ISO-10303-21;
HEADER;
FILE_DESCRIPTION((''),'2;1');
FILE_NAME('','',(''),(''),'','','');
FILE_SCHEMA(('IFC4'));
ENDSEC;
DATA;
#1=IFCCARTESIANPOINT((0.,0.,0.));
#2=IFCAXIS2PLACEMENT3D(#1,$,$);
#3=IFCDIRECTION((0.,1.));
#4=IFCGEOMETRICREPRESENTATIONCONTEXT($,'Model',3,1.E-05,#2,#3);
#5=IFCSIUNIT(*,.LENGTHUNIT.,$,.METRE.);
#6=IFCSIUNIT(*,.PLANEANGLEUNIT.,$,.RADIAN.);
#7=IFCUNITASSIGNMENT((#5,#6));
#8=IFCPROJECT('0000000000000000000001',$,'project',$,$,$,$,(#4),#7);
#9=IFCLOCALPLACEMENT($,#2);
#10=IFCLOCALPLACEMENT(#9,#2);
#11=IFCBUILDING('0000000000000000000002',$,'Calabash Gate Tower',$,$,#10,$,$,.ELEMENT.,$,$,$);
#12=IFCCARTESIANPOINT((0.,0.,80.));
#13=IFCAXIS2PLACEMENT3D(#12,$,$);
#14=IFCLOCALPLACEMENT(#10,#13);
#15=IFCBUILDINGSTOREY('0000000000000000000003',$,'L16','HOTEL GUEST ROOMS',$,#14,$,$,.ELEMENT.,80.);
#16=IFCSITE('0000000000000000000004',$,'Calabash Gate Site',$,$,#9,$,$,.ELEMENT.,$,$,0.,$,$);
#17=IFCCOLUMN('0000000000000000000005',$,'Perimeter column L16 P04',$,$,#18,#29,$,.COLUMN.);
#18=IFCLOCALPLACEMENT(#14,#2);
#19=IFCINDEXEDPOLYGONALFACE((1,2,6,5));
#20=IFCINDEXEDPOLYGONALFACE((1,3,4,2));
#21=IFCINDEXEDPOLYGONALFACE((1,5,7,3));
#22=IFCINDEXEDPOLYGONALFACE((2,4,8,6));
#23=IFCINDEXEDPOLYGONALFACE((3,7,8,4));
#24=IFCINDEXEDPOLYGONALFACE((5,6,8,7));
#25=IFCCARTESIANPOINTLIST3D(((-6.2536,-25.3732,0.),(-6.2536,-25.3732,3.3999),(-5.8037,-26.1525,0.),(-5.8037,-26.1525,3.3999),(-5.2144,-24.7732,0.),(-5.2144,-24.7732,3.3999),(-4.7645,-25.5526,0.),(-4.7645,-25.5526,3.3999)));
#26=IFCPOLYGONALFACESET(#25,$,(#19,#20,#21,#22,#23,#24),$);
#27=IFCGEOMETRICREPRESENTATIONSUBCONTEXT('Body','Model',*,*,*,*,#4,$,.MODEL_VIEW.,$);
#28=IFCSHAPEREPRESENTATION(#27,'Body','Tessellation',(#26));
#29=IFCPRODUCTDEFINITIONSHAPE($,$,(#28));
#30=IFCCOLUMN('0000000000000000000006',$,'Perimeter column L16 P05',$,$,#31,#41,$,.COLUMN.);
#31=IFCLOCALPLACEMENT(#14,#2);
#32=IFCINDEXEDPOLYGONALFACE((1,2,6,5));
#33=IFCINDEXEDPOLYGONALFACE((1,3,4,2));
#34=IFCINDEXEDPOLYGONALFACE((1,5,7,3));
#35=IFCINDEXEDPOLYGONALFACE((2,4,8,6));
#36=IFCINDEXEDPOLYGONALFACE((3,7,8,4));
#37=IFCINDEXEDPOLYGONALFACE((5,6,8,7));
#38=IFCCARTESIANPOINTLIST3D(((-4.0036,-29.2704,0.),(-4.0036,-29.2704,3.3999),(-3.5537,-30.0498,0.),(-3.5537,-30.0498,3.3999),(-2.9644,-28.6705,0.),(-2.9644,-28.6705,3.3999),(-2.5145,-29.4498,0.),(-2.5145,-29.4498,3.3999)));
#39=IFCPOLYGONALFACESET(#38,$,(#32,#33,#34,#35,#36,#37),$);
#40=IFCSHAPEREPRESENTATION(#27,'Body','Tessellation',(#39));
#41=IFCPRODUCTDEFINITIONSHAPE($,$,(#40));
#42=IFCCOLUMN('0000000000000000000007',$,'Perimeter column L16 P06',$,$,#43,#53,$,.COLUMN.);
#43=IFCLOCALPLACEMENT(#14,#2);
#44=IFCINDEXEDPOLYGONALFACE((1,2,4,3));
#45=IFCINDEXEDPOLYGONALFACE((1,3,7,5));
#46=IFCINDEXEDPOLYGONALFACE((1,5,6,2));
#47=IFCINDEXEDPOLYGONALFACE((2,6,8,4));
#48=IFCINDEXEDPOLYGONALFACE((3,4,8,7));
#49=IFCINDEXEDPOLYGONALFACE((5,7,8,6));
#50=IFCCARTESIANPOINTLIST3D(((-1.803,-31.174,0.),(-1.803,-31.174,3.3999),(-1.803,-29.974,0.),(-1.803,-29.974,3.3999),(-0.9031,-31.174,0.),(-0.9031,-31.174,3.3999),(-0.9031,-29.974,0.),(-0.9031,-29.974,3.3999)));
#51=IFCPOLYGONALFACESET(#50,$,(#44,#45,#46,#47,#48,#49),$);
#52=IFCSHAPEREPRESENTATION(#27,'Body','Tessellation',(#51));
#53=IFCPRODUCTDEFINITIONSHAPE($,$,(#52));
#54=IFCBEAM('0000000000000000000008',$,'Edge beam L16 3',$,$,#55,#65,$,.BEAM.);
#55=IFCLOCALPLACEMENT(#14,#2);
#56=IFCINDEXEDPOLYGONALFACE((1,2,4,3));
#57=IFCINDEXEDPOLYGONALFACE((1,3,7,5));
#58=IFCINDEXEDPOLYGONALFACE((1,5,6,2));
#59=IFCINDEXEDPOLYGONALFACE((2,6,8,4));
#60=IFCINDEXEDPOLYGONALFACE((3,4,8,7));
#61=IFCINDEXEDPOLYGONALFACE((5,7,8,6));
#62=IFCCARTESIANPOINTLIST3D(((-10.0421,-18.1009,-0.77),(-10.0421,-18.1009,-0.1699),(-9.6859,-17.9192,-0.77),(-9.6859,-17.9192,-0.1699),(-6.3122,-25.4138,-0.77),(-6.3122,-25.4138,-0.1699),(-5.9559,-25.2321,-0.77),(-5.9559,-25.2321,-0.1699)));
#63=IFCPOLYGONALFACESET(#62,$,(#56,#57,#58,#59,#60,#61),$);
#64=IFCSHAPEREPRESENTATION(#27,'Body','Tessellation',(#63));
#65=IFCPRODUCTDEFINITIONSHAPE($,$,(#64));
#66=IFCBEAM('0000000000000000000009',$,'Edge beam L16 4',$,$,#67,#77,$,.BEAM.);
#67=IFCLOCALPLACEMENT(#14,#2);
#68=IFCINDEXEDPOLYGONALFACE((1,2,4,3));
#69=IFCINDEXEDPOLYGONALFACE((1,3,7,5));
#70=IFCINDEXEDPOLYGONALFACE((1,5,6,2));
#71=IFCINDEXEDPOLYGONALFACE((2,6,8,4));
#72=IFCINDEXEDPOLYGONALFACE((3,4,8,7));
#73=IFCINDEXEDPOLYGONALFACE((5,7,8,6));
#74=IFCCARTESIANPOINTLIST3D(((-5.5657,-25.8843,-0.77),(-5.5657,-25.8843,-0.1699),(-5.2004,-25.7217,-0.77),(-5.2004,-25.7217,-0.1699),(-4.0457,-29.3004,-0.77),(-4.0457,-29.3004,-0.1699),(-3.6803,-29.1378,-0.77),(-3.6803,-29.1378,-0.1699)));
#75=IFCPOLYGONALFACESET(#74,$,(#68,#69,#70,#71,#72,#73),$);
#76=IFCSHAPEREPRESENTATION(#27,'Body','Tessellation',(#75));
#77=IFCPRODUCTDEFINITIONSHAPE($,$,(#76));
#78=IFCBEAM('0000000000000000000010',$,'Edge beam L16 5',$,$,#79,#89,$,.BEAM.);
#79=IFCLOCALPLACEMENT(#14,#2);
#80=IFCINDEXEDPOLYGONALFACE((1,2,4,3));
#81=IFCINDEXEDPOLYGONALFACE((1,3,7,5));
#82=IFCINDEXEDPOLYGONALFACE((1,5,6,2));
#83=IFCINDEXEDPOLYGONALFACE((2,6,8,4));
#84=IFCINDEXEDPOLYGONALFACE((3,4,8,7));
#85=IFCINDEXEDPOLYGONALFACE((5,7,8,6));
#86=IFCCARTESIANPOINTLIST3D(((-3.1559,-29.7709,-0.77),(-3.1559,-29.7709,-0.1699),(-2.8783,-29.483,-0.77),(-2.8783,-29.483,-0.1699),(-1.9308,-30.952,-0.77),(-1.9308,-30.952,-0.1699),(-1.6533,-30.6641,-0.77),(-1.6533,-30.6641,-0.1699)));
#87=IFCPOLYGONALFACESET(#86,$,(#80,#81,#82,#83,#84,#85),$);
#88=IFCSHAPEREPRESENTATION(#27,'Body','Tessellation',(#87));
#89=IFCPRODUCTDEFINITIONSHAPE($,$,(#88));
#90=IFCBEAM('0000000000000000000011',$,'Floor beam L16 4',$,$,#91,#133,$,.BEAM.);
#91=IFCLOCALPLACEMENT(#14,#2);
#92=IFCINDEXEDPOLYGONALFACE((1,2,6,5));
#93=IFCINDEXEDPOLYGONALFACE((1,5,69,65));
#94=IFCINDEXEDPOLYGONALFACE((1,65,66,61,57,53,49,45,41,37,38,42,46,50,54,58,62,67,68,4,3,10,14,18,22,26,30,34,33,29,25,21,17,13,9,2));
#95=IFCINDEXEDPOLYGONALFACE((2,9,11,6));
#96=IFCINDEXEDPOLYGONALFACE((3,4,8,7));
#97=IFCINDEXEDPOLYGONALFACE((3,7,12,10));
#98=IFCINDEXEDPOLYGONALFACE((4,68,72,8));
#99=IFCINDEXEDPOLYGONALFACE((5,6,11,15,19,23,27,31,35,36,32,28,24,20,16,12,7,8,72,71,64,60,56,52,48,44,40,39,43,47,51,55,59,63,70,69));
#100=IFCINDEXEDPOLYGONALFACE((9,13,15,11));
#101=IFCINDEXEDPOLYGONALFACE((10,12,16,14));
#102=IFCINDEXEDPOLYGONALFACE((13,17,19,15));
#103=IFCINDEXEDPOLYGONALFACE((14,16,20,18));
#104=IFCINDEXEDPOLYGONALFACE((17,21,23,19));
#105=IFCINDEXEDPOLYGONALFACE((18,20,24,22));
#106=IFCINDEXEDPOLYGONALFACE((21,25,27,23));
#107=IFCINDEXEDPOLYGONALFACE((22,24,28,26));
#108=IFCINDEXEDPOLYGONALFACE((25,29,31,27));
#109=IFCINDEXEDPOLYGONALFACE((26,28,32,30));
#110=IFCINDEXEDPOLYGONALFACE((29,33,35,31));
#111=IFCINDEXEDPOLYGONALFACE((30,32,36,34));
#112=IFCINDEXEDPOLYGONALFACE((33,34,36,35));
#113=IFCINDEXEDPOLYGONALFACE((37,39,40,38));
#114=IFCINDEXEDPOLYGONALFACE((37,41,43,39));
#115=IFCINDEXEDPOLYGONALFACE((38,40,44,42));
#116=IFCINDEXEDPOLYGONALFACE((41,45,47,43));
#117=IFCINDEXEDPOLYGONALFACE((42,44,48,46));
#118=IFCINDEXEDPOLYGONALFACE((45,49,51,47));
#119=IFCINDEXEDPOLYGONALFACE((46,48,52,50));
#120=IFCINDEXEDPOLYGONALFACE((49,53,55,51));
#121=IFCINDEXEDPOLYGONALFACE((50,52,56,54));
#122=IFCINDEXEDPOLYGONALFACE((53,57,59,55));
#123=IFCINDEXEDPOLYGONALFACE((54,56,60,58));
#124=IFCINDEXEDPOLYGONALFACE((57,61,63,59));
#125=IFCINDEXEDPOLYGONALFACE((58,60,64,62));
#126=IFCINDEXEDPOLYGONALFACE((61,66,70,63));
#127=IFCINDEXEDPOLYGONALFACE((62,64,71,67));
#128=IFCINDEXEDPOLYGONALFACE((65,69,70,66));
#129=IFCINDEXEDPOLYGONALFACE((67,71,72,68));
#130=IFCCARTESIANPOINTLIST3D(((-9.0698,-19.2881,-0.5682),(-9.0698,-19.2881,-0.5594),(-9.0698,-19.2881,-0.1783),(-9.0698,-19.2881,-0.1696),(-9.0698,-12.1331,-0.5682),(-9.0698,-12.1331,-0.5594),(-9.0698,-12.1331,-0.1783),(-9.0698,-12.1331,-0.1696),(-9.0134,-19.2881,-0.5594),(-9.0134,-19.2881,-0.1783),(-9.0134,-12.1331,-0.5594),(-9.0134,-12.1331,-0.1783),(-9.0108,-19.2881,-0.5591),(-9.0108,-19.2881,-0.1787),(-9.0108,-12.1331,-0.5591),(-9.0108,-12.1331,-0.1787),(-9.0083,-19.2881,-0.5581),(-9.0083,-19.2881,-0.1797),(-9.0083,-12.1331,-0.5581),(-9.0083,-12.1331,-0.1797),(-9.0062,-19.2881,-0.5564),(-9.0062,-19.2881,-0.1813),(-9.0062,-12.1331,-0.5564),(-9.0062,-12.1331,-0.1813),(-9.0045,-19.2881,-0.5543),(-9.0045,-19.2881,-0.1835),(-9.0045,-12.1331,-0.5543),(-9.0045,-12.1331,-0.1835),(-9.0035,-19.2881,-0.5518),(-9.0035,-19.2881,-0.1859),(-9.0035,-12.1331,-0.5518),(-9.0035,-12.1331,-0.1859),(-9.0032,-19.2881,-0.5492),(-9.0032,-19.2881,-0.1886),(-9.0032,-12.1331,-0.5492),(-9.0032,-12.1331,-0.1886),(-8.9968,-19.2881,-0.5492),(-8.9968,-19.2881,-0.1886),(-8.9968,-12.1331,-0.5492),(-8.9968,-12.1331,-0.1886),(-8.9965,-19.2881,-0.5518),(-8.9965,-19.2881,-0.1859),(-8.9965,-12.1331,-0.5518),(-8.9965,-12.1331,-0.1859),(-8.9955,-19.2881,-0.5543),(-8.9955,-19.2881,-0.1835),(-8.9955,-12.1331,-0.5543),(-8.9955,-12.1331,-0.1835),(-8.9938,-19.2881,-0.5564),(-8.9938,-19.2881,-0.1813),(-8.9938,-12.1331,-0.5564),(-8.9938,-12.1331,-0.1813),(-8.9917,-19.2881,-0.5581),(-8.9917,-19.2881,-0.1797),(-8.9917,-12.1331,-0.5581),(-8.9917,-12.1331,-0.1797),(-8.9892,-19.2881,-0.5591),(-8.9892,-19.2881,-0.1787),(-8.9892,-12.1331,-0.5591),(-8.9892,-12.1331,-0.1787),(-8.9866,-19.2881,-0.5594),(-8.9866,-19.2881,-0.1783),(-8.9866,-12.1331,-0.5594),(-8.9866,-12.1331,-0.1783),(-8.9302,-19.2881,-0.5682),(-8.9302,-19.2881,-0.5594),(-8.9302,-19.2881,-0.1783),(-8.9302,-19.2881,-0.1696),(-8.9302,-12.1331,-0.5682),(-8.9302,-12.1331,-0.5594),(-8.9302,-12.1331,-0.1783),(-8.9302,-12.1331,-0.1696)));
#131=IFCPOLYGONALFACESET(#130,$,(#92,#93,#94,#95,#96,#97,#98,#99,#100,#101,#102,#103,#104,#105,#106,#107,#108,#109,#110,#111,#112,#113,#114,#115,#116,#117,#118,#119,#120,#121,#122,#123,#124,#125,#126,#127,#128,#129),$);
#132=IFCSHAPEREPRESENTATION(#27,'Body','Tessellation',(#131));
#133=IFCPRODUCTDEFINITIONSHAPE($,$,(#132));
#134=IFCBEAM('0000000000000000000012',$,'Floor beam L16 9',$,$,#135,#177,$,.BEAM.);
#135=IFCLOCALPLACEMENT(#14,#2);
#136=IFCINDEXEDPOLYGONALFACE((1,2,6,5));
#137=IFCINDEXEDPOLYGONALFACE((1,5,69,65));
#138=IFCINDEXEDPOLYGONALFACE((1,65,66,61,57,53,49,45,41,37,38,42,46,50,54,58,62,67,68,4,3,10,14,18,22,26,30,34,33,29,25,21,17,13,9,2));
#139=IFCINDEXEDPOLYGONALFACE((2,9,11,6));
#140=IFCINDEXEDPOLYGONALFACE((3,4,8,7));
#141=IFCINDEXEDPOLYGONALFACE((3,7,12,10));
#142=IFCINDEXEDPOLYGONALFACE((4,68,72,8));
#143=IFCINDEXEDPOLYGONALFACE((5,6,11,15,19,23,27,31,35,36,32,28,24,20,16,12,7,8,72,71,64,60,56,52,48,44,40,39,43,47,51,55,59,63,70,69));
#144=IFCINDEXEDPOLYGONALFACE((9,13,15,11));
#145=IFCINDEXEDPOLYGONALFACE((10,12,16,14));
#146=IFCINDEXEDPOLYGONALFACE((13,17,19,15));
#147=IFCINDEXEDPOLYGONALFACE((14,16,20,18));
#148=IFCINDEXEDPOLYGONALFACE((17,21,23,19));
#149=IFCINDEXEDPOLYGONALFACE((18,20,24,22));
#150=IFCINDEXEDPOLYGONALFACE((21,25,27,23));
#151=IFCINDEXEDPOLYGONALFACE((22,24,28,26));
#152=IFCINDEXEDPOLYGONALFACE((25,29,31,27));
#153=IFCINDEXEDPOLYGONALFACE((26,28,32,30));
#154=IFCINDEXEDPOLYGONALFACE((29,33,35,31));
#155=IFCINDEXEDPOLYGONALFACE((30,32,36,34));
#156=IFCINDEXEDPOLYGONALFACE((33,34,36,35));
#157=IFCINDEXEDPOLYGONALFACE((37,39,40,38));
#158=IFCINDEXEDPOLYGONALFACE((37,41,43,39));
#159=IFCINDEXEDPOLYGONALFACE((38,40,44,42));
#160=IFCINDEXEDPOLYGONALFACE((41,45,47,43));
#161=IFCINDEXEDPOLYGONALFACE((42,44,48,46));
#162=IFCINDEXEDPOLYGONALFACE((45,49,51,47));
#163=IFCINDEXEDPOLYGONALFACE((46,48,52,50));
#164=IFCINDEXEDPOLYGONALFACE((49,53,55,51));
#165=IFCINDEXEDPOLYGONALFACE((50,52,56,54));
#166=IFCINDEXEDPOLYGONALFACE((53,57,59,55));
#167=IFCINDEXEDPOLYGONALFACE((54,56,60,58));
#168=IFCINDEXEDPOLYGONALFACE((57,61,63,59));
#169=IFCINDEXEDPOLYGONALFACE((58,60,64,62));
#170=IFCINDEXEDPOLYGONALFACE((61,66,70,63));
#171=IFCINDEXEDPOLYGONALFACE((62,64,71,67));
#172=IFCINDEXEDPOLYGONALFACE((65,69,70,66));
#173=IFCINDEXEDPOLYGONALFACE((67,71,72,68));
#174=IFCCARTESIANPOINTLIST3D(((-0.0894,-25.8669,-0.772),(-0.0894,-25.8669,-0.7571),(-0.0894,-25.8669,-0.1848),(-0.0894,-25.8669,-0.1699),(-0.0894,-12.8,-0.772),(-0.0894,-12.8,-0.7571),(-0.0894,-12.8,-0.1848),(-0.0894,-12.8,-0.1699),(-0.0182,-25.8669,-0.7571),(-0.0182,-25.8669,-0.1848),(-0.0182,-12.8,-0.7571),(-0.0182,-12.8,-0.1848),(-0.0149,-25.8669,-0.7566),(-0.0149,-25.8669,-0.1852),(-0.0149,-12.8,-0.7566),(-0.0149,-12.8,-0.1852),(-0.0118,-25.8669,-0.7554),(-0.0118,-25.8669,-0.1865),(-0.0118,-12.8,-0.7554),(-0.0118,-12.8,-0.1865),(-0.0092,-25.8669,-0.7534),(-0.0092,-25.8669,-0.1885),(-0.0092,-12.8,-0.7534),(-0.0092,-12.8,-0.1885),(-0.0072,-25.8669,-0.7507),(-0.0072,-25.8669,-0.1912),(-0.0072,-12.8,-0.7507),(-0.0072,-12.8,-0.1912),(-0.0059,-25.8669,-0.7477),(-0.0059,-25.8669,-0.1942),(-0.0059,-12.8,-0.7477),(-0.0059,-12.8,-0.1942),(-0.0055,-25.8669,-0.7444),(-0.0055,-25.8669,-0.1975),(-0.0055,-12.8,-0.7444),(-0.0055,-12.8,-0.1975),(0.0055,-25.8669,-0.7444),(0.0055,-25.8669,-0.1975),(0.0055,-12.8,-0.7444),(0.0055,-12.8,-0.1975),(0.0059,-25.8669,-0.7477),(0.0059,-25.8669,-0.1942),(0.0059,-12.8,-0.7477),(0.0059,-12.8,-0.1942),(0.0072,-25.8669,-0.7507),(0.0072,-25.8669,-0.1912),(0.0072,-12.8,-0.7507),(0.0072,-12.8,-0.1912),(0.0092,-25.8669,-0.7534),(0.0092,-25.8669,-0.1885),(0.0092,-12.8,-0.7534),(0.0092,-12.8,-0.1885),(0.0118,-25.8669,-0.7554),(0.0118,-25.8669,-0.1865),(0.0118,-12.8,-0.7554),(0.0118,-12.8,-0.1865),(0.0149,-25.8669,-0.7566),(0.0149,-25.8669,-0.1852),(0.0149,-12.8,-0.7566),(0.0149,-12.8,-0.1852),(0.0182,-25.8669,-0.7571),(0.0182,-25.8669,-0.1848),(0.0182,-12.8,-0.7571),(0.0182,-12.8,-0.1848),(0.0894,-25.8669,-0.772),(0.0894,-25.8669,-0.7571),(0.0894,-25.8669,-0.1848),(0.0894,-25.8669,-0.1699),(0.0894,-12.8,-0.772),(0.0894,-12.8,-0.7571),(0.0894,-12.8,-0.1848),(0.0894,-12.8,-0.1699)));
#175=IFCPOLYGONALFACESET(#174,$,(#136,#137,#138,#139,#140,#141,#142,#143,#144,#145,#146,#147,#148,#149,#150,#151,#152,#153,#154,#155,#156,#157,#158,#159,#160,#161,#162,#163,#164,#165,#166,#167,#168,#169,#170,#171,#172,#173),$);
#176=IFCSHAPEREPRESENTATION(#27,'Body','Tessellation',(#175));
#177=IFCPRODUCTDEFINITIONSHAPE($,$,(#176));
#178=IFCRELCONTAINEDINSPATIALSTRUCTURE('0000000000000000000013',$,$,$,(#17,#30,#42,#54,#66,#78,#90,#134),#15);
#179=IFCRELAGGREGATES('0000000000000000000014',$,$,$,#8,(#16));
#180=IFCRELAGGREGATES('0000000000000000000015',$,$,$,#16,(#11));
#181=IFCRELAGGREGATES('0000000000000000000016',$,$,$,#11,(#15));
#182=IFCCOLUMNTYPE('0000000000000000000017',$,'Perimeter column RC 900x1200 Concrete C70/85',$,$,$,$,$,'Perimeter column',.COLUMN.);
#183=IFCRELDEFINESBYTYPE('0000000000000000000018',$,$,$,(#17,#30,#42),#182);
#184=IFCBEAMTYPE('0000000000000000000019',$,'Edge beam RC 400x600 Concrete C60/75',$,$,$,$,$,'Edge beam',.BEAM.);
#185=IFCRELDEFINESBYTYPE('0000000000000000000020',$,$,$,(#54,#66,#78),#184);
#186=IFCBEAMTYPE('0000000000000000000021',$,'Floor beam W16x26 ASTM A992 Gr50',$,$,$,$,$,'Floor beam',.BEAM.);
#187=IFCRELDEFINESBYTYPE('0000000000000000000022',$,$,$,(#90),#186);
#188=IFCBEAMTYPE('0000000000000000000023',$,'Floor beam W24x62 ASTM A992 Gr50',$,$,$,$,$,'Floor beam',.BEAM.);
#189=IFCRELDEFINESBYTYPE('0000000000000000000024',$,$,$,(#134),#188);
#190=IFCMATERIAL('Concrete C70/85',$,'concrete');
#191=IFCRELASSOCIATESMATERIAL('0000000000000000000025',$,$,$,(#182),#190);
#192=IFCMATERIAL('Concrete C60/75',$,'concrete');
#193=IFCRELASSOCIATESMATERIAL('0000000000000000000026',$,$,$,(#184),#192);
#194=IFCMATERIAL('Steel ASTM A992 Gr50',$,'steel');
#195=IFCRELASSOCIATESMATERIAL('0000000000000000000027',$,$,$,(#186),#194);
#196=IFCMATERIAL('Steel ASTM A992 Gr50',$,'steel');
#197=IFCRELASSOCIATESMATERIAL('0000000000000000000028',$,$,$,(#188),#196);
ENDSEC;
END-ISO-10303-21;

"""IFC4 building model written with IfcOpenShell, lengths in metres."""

from ifc_helpers import new_model, si_unit, direction, frame, origin, origin_2d, place, context, subcontext, project, spatial, rectangle, i_section, extrude, material, material_profile, profile_set, type_object, element, save


model = new_model("IFC4")

# Units and contexts
model_context = context("Model", 3, precision=1e-05, world=origin(), true_north=direction((0.0, 1.0)))
body_context = subcontext(model_context, "Body", "Model", "MODEL_VIEW")
ifc_project = project(units=[si_unit("LENGTHUNIT", "METRE"), si_unit("PLANEANGLEUNIT", "RADIAN")], contexts=[model_context])

# Site, building, storey
site_placement = place(None, origin())
site = spatial("IfcSite", under=ifc_project, at=site_placement, Name="Calabash Gate Site", CompositionType="ELEMENT", RefElevation=0.0)
building_placement = place(site_placement, origin())
building = spatial("IfcBuilding", under=site, at=building_placement, Name="Calabash Gate Tower", CompositionType="ELEMENT")
storey_placement = place(building_placement, frame((0.0, 0.0, 80.0)))
storey = spatial("IfcBuildingStorey", under=building, at=storey_placement, Name="L16", Description="HOTEL GUEST ROOMS", CompositionType="ELEMENT", Elevation=80.0)

# Columns
ifc_material_1 = material(Name="Concrete C70/85", Category="concrete")
ifc_material_profile_1 = material_profile(ifc_material_1, rectangle(XDim=0.8999, YDim=1.2, at=origin_2d()))
ifc_profile_set_1 = profile_set([ifc_material_profile_1], Name="Concrete C70/85")
column_type = type_object("IfcColumnType", Name="Perimeter column RC 900x1200 Concrete C70/85", ElementType="Perimeter column", PredefinedType="COLUMN", material=ifc_profile_set_1)
for number, where, z_axis, x_axis, name in (
    (1, (-5.509, -25.4629, 0.0), (0.0, 0.0, 1.0), (0.5, -0.866025, 0.0), "Perimeter column L16 P04"),
    (2, (-3.259, -29.3601, 0.0), (0.0, 0.0, 1.0), (0.5, -0.866025, 0.0), "Perimeter column L16 P05"),
    (3, (-1.353, -30.574, 0.0), (0.0, 0.0, 1.0), (1.0, 0.0, 0.0), "Perimeter column L16 P06"),
):
    element("IfcColumn", number, at=place(storey_placement, frame(where, z_axis=z_axis, x_axis=x_axis)), inside=storey, type_object=column_type, Name=name, PredefinedType="COLUMN", context=body_context, shape_type="SweptSolid", body=[
        extrude(rectangle(XDim=0.8999, YDim=1.2, at=origin_2d()), origin(), (0.0, 0.0, 1.0), 3.3999),
    ])

# Beams
ifc_material_2 = material(Name="Concrete C60/75", Category="concrete")
ifc_material_profile_2 = material_profile(ifc_material_2, rectangle(XDim=0.3999, YDim=0.6001, at=origin_2d()))
ifc_profile_set_2 = profile_set([ifc_material_profile_2], Name="Concrete C60/75")
beam_type_1 = type_object("IfcBeamType", Name="Edge beam RC 400x600 Concrete C60/75", ElementType="Edge beam", PredefinedType="BEAM", material=ifc_profile_set_2)
beam_1_placement = place(storey_placement, frame((-9.864, -18.01, -0.47), z_axis=(0.454361, -0.890818, 0.0), x_axis=(0.890818, 0.454361, 0.0)))
element("IfcBeam", 4, at=beam_1_placement, inside=storey, type_object=beam_type_1, Name="Edge beam L16 3", PredefinedType="BEAM", context=body_context, shape_type="SweptSolid", body=[
    extrude(rectangle(XDim=0.3999, YDim=0.6001, at=origin_2d()), origin(), (0.0, 0.0, 1.0), 8.2092),
])
beam_2_placement = place(storey_placement, frame((-5.3831, -25.803, -0.47), z_axis=(0.406538, -0.913634, 0.0), x_axis=(0.913634, 0.406538, 0.0)))
element("IfcBeam", 5, at=beam_2_placement, inside=storey, type_object=beam_type_1, Name="Edge beam L16 4", PredefinedType="BEAM", context=body_context, shape_type="SweptSolid", body=[
    extrude(rectangle(XDim=0.3999, YDim=0.6001, at=origin_2d()), origin(), (0.0, 0.0, 1.0), 3.739),
])
beam_3_placement = place(storey_placement, frame((-3.0171, -29.627, -0.47), z_axis=(0.719901, -0.694077, 0.0), x_axis=(0.694077, 0.719901, 0.0)))
element("IfcBeam", 6, at=beam_3_placement, inside=storey, type_object=beam_type_1, Name="Edge beam L16 5", PredefinedType="BEAM", context=body_context, shape_type="SweptSolid", body=[
    extrude(rectangle(XDim=0.3999, YDim=0.6001, at=origin_2d()), origin(), (0.0, 0.0, 1.0), 1.7017),
])
ifc_material_3 = material(Name="Steel ASTM A992 Gr50", Category="steel")
ifc_material_profile_3 = material_profile(ifc_material_3, i_section(OverallWidth=0.1396, OverallDepth=0.3987, WebThickness=0.0063, FlangeThickness=0.0088, FilletRadius=0.0103, at=origin_2d()))
ifc_profile_set_3 = profile_set([ifc_material_profile_3], Name="Steel ASTM A992 Gr50")
beam_type_2 = type_object("IfcBeamType", Name="Floor beam W16x26 ASTM A992 Gr50", ElementType="Floor beam", PredefinedType="BEAM", material=ifc_profile_set_3)
beam_4_placement = place(storey_placement, frame((-9.0, -19.2881, -0.3689), z_axis=(0.0, 1.0, 0.0), x_axis=(-1.0, 0.0, 0.0)))
element("IfcBeam", 7, at=beam_4_placement, inside=storey, type_object=beam_type_2, Name="Floor beam L16 4", PredefinedType="BEAM", context=body_context, shape_type="SweptSolid", body=[
    extrude(i_section(OverallWidth=0.1396, OverallDepth=0.3987, WebThickness=0.0063, FlangeThickness=0.0088, FilletRadius=0.0103, at=origin_2d()), origin(), (0.0, 0.0, 1.0), 7.155),
])
ifc_material_4 = material(Name="Steel ASTM A992 Gr50", Category="steel")
ifc_material_profile_4 = material_profile(ifc_material_4, i_section(OverallWidth=0.1787, OverallDepth=0.6021, WebThickness=0.011, FlangeThickness=0.0149, FilletRadius=0.0127, at=origin_2d()))
ifc_profile_set_4 = profile_set([ifc_material_profile_4], Name="Steel ASTM A992 Gr50")
beam_type_3 = type_object("IfcBeamType", Name="Floor beam W24x62 ASTM A992 Gr50", ElementType="Floor beam", PredefinedType="BEAM", material=ifc_profile_set_4)
beam_5_placement = place(storey_placement, frame((0.0, -25.8669, -0.4709), z_axis=(0.0, 1.0, 0.0), x_axis=(-1.0, 0.0, 0.0)))
element("IfcBeam", 8, at=beam_5_placement, inside=storey, type_object=beam_type_3, Name="Floor beam L16 9", PredefinedType="BEAM", context=body_context, shape_type="SweptSolid", body=[
    extrude(i_section(OverallWidth=0.1787, OverallDepth=0.6021, WebThickness=0.011, FlangeThickness=0.0149, FilletRadius=0.0127, at=origin_2d()), origin(), (0.0, 0.0, 1.0), 13.0669),
])

save(model, "model.ifc")
